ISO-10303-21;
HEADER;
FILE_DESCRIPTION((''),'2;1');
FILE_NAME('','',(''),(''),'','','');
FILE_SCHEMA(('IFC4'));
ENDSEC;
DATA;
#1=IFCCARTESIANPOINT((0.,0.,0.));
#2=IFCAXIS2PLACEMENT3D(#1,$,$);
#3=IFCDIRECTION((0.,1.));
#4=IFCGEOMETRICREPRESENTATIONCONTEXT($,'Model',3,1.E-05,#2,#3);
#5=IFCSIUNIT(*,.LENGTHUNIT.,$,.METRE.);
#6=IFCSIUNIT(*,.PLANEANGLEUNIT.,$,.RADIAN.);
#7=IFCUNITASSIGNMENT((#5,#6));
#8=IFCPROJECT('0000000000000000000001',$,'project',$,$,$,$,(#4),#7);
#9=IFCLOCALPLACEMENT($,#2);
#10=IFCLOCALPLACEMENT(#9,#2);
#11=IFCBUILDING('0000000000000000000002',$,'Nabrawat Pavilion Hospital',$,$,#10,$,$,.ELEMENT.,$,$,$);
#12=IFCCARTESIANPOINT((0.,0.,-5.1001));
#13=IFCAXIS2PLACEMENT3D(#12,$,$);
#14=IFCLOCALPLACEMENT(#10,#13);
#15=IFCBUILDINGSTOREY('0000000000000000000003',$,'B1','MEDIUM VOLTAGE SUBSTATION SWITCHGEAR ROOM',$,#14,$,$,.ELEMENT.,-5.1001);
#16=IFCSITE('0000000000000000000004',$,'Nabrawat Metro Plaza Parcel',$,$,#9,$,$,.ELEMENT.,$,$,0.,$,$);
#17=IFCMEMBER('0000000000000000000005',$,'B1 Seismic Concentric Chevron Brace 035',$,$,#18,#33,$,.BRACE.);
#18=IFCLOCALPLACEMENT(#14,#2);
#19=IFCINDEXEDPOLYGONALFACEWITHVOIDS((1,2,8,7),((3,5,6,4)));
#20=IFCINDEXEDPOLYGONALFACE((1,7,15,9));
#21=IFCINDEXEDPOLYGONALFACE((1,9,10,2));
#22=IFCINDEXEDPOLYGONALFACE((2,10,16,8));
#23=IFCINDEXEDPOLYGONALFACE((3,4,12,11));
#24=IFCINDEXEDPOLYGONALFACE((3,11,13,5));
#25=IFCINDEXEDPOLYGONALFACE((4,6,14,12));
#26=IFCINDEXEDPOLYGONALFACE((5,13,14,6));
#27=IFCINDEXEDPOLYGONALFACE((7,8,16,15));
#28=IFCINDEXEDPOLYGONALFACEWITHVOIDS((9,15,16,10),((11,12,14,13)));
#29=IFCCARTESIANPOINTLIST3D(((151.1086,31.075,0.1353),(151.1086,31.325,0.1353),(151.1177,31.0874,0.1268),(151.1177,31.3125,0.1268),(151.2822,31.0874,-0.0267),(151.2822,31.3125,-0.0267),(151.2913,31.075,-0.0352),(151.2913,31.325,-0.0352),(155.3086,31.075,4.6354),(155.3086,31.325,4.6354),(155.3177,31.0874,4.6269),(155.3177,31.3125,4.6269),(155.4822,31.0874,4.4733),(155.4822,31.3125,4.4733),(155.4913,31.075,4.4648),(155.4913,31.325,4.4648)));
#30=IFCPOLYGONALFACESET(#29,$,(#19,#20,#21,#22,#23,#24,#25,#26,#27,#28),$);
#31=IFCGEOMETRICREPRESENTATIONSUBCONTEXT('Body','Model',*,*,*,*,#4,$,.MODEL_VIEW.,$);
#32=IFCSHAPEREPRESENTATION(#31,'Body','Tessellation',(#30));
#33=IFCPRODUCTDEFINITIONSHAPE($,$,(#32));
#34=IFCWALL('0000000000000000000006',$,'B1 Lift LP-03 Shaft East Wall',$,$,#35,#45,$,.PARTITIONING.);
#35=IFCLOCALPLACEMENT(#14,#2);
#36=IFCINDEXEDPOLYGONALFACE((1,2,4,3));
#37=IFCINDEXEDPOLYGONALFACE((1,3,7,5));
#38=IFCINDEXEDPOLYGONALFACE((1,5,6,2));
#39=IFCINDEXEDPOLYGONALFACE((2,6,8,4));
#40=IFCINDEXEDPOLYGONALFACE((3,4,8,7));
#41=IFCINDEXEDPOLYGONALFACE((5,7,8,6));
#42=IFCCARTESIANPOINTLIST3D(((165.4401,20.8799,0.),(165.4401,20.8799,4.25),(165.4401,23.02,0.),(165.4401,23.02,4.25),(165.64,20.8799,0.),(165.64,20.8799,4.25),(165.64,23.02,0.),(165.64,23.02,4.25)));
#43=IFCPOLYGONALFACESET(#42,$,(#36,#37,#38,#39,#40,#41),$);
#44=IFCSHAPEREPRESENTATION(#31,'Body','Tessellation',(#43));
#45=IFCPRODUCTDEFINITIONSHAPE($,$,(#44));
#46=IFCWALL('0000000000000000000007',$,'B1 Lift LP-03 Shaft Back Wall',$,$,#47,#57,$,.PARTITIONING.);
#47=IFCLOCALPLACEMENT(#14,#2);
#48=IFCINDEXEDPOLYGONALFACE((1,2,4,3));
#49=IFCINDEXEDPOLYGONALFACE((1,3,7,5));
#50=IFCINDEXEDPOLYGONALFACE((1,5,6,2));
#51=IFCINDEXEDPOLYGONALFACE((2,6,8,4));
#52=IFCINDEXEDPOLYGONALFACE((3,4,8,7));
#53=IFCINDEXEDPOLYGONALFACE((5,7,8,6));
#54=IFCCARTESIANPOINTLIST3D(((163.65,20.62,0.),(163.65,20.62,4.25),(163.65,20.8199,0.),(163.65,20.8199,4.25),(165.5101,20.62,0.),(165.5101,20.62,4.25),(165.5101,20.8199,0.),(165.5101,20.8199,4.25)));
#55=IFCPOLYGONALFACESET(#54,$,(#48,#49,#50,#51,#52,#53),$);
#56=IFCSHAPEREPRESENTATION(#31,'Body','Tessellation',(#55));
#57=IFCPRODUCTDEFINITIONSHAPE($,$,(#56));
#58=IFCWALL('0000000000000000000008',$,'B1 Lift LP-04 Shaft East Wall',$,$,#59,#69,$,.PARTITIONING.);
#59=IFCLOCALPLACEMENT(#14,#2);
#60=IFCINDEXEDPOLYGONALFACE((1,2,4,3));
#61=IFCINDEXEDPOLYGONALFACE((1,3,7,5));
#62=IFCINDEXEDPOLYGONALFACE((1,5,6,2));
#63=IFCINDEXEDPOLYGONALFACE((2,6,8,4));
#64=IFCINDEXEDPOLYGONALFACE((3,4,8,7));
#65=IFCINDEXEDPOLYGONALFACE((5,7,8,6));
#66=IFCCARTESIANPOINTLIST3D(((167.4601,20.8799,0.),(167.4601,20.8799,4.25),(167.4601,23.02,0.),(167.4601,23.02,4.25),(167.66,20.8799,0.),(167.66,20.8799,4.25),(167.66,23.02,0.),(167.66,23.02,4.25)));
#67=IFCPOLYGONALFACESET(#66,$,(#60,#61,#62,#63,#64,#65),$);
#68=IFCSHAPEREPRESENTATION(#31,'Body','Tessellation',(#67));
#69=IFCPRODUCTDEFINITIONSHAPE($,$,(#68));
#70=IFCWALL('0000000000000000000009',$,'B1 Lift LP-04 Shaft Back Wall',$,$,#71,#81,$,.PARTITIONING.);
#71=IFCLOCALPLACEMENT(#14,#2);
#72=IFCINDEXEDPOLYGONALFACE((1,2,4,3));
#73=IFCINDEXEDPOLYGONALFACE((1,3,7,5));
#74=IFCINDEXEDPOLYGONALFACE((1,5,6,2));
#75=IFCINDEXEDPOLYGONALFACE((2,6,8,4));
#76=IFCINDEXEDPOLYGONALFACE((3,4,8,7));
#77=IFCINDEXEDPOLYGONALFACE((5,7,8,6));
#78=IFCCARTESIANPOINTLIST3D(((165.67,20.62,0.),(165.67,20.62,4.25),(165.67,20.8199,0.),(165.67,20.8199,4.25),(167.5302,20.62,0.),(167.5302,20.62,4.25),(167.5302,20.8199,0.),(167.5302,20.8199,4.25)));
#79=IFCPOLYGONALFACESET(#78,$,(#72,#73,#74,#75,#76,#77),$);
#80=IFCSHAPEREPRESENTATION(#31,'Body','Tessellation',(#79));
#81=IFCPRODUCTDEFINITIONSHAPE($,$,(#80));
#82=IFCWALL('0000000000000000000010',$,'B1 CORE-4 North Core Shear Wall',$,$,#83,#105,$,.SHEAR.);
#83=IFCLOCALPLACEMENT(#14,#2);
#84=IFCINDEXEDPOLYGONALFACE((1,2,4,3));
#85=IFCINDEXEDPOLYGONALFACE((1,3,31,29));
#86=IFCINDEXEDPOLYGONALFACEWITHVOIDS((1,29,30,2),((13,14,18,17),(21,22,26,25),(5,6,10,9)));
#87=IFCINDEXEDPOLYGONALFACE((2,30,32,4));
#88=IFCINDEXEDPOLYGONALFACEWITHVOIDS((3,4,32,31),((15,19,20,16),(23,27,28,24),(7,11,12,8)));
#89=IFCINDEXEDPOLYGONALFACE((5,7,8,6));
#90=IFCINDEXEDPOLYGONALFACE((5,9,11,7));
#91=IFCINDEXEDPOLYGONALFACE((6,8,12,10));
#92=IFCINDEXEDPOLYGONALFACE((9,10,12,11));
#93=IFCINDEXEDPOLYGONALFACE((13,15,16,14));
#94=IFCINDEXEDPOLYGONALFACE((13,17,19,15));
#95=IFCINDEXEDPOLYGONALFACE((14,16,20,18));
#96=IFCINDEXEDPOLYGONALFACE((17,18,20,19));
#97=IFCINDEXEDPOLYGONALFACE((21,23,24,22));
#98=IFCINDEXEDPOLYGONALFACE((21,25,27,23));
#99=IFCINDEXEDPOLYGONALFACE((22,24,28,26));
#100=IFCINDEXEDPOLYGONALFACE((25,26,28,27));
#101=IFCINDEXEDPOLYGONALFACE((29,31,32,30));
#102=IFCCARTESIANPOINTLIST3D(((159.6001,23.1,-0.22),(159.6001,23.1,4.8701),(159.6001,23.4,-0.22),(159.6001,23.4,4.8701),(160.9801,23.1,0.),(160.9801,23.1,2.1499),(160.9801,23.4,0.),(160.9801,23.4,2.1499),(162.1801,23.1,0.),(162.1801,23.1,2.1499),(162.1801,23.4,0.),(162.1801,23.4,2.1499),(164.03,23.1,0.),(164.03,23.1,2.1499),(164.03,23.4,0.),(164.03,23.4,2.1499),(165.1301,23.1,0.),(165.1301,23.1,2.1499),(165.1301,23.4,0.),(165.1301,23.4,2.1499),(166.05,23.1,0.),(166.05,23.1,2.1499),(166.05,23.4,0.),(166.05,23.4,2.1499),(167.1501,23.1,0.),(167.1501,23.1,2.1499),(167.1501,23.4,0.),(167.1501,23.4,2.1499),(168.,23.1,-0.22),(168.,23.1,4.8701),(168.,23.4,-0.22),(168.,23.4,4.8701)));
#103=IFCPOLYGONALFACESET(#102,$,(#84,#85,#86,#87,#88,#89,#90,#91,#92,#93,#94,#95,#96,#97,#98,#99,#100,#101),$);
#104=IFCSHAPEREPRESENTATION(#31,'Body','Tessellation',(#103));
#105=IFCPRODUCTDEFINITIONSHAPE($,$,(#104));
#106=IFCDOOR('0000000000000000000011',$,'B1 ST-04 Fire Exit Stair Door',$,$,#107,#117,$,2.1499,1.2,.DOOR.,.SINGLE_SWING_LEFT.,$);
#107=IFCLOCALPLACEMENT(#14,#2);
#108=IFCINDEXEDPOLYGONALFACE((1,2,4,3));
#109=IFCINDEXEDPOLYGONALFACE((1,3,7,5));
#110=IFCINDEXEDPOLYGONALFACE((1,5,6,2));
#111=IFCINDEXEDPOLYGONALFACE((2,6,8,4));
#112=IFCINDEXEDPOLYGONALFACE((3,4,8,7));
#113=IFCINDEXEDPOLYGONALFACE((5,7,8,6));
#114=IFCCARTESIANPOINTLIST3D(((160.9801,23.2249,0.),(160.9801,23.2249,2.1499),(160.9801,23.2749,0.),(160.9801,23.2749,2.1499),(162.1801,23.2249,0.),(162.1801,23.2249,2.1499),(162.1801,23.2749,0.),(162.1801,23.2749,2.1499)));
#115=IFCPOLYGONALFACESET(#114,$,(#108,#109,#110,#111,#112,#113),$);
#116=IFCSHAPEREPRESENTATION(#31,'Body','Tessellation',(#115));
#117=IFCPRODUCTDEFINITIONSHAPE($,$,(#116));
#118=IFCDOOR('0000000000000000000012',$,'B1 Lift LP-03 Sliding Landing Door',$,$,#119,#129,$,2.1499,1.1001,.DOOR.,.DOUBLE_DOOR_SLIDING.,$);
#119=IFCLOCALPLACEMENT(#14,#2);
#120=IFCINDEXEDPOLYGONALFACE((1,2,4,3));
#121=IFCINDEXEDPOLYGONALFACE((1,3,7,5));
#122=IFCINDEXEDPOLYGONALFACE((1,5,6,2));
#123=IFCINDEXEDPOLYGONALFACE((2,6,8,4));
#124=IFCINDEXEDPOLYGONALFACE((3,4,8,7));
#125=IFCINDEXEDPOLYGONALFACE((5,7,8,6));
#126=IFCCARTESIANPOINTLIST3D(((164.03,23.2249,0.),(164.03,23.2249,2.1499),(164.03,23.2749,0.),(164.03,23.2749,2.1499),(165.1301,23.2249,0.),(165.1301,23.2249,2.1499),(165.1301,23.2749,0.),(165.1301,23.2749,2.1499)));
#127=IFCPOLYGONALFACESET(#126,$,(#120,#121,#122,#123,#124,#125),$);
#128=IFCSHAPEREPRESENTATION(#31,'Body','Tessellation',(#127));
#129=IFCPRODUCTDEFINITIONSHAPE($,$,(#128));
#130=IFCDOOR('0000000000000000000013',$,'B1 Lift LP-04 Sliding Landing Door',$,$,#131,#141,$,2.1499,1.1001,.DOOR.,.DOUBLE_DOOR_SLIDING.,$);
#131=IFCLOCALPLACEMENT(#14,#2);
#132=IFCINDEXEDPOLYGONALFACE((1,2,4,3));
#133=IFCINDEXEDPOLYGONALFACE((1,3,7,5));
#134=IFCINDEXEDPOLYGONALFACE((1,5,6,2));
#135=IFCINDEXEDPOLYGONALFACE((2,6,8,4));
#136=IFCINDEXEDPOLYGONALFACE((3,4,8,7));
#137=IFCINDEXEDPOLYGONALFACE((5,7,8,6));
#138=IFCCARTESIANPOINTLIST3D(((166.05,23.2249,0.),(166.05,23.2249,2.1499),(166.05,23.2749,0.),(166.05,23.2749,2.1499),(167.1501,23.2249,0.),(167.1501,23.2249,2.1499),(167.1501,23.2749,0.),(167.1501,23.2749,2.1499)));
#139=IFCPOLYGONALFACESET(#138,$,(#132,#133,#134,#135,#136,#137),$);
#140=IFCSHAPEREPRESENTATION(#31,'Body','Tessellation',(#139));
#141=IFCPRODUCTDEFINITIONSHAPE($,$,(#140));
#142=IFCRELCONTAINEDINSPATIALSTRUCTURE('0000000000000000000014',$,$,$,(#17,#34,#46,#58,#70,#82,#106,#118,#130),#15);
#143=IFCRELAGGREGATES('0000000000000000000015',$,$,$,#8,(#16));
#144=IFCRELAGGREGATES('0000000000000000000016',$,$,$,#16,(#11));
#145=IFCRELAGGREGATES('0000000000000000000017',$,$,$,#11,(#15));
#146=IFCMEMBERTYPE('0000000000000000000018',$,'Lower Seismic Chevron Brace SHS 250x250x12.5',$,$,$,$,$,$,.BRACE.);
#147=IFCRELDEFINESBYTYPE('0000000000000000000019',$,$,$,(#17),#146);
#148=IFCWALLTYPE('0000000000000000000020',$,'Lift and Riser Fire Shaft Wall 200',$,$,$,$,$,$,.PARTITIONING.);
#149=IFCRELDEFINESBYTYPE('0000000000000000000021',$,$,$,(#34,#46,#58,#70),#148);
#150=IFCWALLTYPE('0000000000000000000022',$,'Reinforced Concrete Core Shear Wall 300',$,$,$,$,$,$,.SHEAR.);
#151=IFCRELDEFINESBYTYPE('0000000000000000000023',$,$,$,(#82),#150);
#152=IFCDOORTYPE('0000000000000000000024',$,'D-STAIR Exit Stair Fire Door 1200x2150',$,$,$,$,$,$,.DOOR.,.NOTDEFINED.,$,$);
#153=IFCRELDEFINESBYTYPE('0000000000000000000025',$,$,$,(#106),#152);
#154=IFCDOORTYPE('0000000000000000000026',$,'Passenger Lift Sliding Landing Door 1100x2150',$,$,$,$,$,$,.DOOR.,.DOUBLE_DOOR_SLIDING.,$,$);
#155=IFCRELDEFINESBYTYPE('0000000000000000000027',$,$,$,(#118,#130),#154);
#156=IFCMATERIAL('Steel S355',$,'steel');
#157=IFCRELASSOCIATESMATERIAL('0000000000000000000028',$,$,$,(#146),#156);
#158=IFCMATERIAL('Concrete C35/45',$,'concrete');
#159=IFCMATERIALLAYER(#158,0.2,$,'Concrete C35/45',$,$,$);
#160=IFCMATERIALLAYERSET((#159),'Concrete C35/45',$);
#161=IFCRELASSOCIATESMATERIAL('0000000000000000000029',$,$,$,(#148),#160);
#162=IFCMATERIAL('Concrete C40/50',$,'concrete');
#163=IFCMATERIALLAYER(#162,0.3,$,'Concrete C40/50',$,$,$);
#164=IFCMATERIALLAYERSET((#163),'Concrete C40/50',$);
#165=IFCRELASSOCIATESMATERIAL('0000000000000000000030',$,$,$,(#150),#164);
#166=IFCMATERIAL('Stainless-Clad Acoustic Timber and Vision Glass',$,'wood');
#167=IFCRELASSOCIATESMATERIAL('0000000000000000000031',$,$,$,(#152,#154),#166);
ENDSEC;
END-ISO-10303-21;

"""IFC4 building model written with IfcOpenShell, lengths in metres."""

from ifc_helpers import new_model, si_unit, direction, frame, frame_2d, origin, origin_2d, place, context, subcontext, project, spatial, rectangle, hollow_rectangle, extrude, material, layer, layer_set, material_profile, profile_set, type_object, element, fill, save


model = new_model("IFC4")

# Units and contexts
model_context = context("Model", 3, precision=1e-05, world=origin(), true_north=direction((0.0, 1.0)))
body_context = subcontext(model_context, "Body", "Model", "MODEL_VIEW")
ifc_project = project(units=[si_unit("LENGTHUNIT", "METRE"), si_unit("PLANEANGLEUNIT", "RADIAN")], contexts=[model_context])

# Site, building, storey
site_placement = place(None, origin())
site = spatial("IfcSite", under=ifc_project, at=site_placement, Name="Nabrawat Metro Plaza Parcel", CompositionType="ELEMENT", RefElevation=0.0)
building_placement = place(site_placement, origin())
building = spatial("IfcBuilding", under=site, at=building_placement, Name="Nabrawat Pavilion Hospital", CompositionType="ELEMENT")
storey_placement = place(building_placement, frame((0.0, 0.0, -5.1001)))
storey = spatial("IfcBuildingStorey", under=building, at=storey_placement, Name="B1", Description="MEDIUM VOLTAGE SUBSTATION SWITCHGEAR ROOM", CompositionType="ELEMENT", Elevation=-5.1001)

# Shared definitions
ifc_material_1 = material(Name="Concrete C35/45", Category="concrete")

# Shared definitions
ifc_material_2 = material(Name="Concrete C40/50", Category="concrete")

# Member
ifc_material_3 = material(Name="Steel S355", Category="steel")
ifc_material_profile_1 = material_profile(ifc_material_3, hollow_rectangle(XDim=0.25, YDim=0.25, WallThickness=0.0125, at=origin_2d()), Name="SHS 250x250x12.5")
ifc_profile_set_1 = profile_set([ifc_material_profile_1], Name="Steel S355")
member_type = type_object("IfcMemberType", Name="Lower Seismic Chevron Brace SHS 250x250x12.5", PredefinedType="BRACE", material=ifc_profile_set_1)
member_placement = place(storey_placement, frame((151.2, 31.2, 0.05), z_axis=(0.682314, 0.0, 0.731059), x_axis=(0.0, 1.0, 0.0)))
element("IfcMember", 1, at=member_placement, inside=storey, type_object=member_type, Name="B1 Seismic Concentric Chevron Brace 035", PredefinedType="BRACE", context=body_context, shape_type="SweptSolid", body=[
    extrude(hollow_rectangle(XDim=0.25, YDim=0.25, WallThickness=0.0125, at=origin_2d()), origin(), (0.0, 0.0, 1.0), 6.1555),
])

# Walls
ifc_layer_1 = layer(ifc_material_1, 0.2, Name="Concrete C35/45")
ifc_layer_set_1 = layer_set([ifc_layer_1], Name="Concrete C35/45")
wall_type_1 = type_object("IfcWallType", Name="Lift and Riser Fire Shaft Wall 200", PredefinedType="PARTITIONING", material=ifc_layer_set_1)
wall_1_placement = place(storey_placement, frame((165.54, 20.8799, 0.0), z_axis=(0.0, 0.0, 1.0), x_axis=(0.0, 1.0, 0.0)))
element("IfcWall", 2, at=wall_1_placement, inside=storey, type_object=wall_type_1, Name="B1 Lift LP-03 Shaft East Wall", PredefinedType="PARTITIONING", context=body_context, shape_type="SweptSolid", body=[
    extrude(rectangle(XDim=2.1401, YDim=0.2, at=frame_2d((1.0701, 0.0))), origin(), (0.0, 0.0, 1.0), 4.25),
])
wall_2_placement = place(storey_placement, frame((163.6499, 20.72, 0.0), z_axis=(0.0, 0.0, 1.0), x_axis=(1.0, 0.0, 0.0)))
element("IfcWall", 3, at=wall_2_placement, inside=storey, type_object=wall_type_1, Name="B1 Lift LP-03 Shaft Back Wall", PredefinedType="PARTITIONING", context=body_context, shape_type="SweptSolid", body=[
    extrude(rectangle(XDim=1.8601, YDim=0.2, at=frame_2d((0.9302, 0.0))), origin(), (0.0, 0.0, 1.0), 4.25),
])
wall_3_placement = place(storey_placement, frame((167.5601, 20.8799, 0.0), z_axis=(0.0, 0.0, 1.0), x_axis=(0.0, 1.0, 0.0)))
element("IfcWall", 4, at=wall_3_placement, inside=storey, type_object=wall_type_1, Name="B1 Lift LP-04 Shaft East Wall", PredefinedType="PARTITIONING", context=body_context, shape_type="SweptSolid", body=[
    extrude(rectangle(XDim=2.1401, YDim=0.2, at=frame_2d((1.0701, 0.0))), origin(), (0.0, 0.0, 1.0), 4.25),
])
wall_4_placement = place(storey_placement, frame((165.6699, 20.72, 0.0), z_axis=(0.0, 0.0, 1.0), x_axis=(1.0, 0.0, 0.0)))
element("IfcWall", 5, at=wall_4_placement, inside=storey, type_object=wall_type_1, Name="B1 Lift LP-04 Shaft Back Wall", PredefinedType="PARTITIONING", context=body_context, shape_type="SweptSolid", body=[
    extrude(rectangle(XDim=1.8601, YDim=0.2, at=frame_2d((0.9302, 0.0))), origin(), (0.0, 0.0, 1.0), 4.25),
])

# Wall, openings, doors
ifc_layer_2 = layer(ifc_material_2, 0.3, Name="Concrete C40/50")
ifc_layer_set_2 = layer_set([ifc_layer_2], Name="Concrete C40/50")
wall_type_2 = type_object("IfcWallType", Name="Reinforced Concrete Core Shear Wall 300", PredefinedType="SHEAR", material=ifc_layer_set_2)
wall_5_placement = place(storey_placement, frame((159.6001, 23.25, -0.22), z_axis=(0.0, 0.0, 1.0), x_axis=(1.0, 0.0, 0.0)))
wall_5 = element("IfcWall", 6, at=wall_5_placement, inside=storey, type_object=wall_type_2, Name="B1 CORE-4 North Core Shear Wall", PredefinedType="SHEAR", context=body_context, shape_type="SweptSolid", body=[
    extrude(rectangle(XDim=8.3999, YDim=0.3, at=frame_2d((4.2, 0.0))), origin(), (0.0, 0.0, 1.0), 5.0901),
])
opening_1_placement = place(wall_5_placement, frame((1.3799, 0.0, 0.22)))
opening_1 = element("IfcOpeningElement", 7, at=opening_1_placement, cuts=wall_5, PredefinedType="OPENING", context=body_context, shape_type="SweptSolid", body=[
    extrude(rectangle(XDim=1.2, YDim=2.1499, at=frame_2d((0.6001, 1.075))), frame((0.0, 0.1602, 0.0), z_axis=(0.0, -1.0, 0.0), x_axis=(1.0, 0.0, 0.0)), (0.0, 0.0, 1.0), 0.3201),
])
opening_2_placement = place(wall_5_placement, frame((4.4299, 0.0, 0.22)))
opening_2 = element("IfcOpeningElement", 8, at=opening_2_placement, cuts=wall_5, PredefinedType="OPENING", context=body_context, shape_type="SweptSolid", body=[
    extrude(rectangle(XDim=1.1001, YDim=2.1499, at=frame_2d((0.55, 1.075))), frame((0.0, 0.1602, 0.0), z_axis=(0.0, -1.0, 0.0), x_axis=(1.0, 0.0, 0.0)), (0.0, 0.0, 1.0), 0.3201),
])
opening_3_placement = place(wall_5_placement, frame((6.45, 0.0, 0.22)))
opening_3 = element("IfcOpeningElement", 9, at=opening_3_placement, cuts=wall_5, PredefinedType="OPENING", context=body_context, shape_type="SweptSolid", body=[
    extrude(rectangle(XDim=1.1001, YDim=2.1499, at=frame_2d((0.55, 1.075))), frame((0.0, 0.1602, 0.0), z_axis=(0.0, -1.0, 0.0), x_axis=(1.0, 0.0, 0.0)), (0.0, 0.0, 1.0), 0.3201),
])
ifc_material_4 = material(Name="Stainless-Clad Acoustic Timber and Vision Glass", Category="wood")
door_type_1 = type_object("IfcDoorType", Name="D-STAIR Exit Stair Fire Door 1200x2150", OperationType="NOTDEFINED", PredefinedType="DOOR", material=ifc_material_4)
door_1_placement = place(opening_1_placement, origin())
door_1 = element("IfcDoor", 10, at=door_1_placement, inside=storey, type_object=door_type_1, Name="B1 ST-04 Fire Exit Stair Door", OperationType="SINGLE_SWING_LEFT", OverallHeight=2.1499, OverallWidth=1.2, PredefinedType="DOOR", context=body_context, shape_type="SweptSolid", body=[
    extrude(rectangle(XDim=1.2, YDim=2.1499, at=frame_2d((0.6001, 1.075))), frame((0.0, 0.0249, 0.0), z_axis=(0.0, -1.0, 0.0), x_axis=(1.0, 0.0, 0.0)), (0.0, 0.0, 1.0), 0.05),
])
fill(opening_1, door_1)
door_type_2 = type_object("IfcDoorType", Name="Passenger Lift Sliding Landing Door 1100x2150", OperationType="DOUBLE_DOOR_SLIDING", PredefinedType="DOOR", material=ifc_material_4)
door_2_placement = place(opening_2_placement, origin())
door_2 = element("IfcDoor", 11, at=door_2_placement, inside=storey, type_object=door_type_2, Name="B1 Lift LP-03 Sliding Landing Door", OperationType="DOUBLE_DOOR_SLIDING", OverallHeight=2.1499, OverallWidth=1.1001, PredefinedType="DOOR", context=body_context, shape_type="SweptSolid", body=[
    extrude(rectangle(XDim=1.1001, YDim=2.1499, at=frame_2d((0.55, 1.075))), frame((0.0, 0.0249, 0.0), z_axis=(0.0, -1.0, 0.0), x_axis=(1.0, 0.0, 0.0)), (0.0, 0.0, 1.0), 0.05),
])
fill(opening_2, door_2)
door_3_placement = place(opening_3_placement, origin())
door_3 = element("IfcDoor", 12, at=door_3_placement, inside=storey, type_object=door_type_2, Name="B1 Lift LP-04 Sliding Landing Door", OperationType="DOUBLE_DOOR_SLIDING", OverallHeight=2.1499, OverallWidth=1.1001, PredefinedType="DOOR", context=body_context, shape_type="SweptSolid", body=[
    extrude(rectangle(XDim=1.1001, YDim=2.1499, at=frame_2d((0.55, 1.075))), frame((0.0, 0.0249, 0.0), z_axis=(0.0, -1.0, 0.0), x_axis=(1.0, 0.0, 0.0)), (0.0, 0.0, 1.0), 0.05),
])
fill(opening_3, door_3)

save(model, "model.ifc")
